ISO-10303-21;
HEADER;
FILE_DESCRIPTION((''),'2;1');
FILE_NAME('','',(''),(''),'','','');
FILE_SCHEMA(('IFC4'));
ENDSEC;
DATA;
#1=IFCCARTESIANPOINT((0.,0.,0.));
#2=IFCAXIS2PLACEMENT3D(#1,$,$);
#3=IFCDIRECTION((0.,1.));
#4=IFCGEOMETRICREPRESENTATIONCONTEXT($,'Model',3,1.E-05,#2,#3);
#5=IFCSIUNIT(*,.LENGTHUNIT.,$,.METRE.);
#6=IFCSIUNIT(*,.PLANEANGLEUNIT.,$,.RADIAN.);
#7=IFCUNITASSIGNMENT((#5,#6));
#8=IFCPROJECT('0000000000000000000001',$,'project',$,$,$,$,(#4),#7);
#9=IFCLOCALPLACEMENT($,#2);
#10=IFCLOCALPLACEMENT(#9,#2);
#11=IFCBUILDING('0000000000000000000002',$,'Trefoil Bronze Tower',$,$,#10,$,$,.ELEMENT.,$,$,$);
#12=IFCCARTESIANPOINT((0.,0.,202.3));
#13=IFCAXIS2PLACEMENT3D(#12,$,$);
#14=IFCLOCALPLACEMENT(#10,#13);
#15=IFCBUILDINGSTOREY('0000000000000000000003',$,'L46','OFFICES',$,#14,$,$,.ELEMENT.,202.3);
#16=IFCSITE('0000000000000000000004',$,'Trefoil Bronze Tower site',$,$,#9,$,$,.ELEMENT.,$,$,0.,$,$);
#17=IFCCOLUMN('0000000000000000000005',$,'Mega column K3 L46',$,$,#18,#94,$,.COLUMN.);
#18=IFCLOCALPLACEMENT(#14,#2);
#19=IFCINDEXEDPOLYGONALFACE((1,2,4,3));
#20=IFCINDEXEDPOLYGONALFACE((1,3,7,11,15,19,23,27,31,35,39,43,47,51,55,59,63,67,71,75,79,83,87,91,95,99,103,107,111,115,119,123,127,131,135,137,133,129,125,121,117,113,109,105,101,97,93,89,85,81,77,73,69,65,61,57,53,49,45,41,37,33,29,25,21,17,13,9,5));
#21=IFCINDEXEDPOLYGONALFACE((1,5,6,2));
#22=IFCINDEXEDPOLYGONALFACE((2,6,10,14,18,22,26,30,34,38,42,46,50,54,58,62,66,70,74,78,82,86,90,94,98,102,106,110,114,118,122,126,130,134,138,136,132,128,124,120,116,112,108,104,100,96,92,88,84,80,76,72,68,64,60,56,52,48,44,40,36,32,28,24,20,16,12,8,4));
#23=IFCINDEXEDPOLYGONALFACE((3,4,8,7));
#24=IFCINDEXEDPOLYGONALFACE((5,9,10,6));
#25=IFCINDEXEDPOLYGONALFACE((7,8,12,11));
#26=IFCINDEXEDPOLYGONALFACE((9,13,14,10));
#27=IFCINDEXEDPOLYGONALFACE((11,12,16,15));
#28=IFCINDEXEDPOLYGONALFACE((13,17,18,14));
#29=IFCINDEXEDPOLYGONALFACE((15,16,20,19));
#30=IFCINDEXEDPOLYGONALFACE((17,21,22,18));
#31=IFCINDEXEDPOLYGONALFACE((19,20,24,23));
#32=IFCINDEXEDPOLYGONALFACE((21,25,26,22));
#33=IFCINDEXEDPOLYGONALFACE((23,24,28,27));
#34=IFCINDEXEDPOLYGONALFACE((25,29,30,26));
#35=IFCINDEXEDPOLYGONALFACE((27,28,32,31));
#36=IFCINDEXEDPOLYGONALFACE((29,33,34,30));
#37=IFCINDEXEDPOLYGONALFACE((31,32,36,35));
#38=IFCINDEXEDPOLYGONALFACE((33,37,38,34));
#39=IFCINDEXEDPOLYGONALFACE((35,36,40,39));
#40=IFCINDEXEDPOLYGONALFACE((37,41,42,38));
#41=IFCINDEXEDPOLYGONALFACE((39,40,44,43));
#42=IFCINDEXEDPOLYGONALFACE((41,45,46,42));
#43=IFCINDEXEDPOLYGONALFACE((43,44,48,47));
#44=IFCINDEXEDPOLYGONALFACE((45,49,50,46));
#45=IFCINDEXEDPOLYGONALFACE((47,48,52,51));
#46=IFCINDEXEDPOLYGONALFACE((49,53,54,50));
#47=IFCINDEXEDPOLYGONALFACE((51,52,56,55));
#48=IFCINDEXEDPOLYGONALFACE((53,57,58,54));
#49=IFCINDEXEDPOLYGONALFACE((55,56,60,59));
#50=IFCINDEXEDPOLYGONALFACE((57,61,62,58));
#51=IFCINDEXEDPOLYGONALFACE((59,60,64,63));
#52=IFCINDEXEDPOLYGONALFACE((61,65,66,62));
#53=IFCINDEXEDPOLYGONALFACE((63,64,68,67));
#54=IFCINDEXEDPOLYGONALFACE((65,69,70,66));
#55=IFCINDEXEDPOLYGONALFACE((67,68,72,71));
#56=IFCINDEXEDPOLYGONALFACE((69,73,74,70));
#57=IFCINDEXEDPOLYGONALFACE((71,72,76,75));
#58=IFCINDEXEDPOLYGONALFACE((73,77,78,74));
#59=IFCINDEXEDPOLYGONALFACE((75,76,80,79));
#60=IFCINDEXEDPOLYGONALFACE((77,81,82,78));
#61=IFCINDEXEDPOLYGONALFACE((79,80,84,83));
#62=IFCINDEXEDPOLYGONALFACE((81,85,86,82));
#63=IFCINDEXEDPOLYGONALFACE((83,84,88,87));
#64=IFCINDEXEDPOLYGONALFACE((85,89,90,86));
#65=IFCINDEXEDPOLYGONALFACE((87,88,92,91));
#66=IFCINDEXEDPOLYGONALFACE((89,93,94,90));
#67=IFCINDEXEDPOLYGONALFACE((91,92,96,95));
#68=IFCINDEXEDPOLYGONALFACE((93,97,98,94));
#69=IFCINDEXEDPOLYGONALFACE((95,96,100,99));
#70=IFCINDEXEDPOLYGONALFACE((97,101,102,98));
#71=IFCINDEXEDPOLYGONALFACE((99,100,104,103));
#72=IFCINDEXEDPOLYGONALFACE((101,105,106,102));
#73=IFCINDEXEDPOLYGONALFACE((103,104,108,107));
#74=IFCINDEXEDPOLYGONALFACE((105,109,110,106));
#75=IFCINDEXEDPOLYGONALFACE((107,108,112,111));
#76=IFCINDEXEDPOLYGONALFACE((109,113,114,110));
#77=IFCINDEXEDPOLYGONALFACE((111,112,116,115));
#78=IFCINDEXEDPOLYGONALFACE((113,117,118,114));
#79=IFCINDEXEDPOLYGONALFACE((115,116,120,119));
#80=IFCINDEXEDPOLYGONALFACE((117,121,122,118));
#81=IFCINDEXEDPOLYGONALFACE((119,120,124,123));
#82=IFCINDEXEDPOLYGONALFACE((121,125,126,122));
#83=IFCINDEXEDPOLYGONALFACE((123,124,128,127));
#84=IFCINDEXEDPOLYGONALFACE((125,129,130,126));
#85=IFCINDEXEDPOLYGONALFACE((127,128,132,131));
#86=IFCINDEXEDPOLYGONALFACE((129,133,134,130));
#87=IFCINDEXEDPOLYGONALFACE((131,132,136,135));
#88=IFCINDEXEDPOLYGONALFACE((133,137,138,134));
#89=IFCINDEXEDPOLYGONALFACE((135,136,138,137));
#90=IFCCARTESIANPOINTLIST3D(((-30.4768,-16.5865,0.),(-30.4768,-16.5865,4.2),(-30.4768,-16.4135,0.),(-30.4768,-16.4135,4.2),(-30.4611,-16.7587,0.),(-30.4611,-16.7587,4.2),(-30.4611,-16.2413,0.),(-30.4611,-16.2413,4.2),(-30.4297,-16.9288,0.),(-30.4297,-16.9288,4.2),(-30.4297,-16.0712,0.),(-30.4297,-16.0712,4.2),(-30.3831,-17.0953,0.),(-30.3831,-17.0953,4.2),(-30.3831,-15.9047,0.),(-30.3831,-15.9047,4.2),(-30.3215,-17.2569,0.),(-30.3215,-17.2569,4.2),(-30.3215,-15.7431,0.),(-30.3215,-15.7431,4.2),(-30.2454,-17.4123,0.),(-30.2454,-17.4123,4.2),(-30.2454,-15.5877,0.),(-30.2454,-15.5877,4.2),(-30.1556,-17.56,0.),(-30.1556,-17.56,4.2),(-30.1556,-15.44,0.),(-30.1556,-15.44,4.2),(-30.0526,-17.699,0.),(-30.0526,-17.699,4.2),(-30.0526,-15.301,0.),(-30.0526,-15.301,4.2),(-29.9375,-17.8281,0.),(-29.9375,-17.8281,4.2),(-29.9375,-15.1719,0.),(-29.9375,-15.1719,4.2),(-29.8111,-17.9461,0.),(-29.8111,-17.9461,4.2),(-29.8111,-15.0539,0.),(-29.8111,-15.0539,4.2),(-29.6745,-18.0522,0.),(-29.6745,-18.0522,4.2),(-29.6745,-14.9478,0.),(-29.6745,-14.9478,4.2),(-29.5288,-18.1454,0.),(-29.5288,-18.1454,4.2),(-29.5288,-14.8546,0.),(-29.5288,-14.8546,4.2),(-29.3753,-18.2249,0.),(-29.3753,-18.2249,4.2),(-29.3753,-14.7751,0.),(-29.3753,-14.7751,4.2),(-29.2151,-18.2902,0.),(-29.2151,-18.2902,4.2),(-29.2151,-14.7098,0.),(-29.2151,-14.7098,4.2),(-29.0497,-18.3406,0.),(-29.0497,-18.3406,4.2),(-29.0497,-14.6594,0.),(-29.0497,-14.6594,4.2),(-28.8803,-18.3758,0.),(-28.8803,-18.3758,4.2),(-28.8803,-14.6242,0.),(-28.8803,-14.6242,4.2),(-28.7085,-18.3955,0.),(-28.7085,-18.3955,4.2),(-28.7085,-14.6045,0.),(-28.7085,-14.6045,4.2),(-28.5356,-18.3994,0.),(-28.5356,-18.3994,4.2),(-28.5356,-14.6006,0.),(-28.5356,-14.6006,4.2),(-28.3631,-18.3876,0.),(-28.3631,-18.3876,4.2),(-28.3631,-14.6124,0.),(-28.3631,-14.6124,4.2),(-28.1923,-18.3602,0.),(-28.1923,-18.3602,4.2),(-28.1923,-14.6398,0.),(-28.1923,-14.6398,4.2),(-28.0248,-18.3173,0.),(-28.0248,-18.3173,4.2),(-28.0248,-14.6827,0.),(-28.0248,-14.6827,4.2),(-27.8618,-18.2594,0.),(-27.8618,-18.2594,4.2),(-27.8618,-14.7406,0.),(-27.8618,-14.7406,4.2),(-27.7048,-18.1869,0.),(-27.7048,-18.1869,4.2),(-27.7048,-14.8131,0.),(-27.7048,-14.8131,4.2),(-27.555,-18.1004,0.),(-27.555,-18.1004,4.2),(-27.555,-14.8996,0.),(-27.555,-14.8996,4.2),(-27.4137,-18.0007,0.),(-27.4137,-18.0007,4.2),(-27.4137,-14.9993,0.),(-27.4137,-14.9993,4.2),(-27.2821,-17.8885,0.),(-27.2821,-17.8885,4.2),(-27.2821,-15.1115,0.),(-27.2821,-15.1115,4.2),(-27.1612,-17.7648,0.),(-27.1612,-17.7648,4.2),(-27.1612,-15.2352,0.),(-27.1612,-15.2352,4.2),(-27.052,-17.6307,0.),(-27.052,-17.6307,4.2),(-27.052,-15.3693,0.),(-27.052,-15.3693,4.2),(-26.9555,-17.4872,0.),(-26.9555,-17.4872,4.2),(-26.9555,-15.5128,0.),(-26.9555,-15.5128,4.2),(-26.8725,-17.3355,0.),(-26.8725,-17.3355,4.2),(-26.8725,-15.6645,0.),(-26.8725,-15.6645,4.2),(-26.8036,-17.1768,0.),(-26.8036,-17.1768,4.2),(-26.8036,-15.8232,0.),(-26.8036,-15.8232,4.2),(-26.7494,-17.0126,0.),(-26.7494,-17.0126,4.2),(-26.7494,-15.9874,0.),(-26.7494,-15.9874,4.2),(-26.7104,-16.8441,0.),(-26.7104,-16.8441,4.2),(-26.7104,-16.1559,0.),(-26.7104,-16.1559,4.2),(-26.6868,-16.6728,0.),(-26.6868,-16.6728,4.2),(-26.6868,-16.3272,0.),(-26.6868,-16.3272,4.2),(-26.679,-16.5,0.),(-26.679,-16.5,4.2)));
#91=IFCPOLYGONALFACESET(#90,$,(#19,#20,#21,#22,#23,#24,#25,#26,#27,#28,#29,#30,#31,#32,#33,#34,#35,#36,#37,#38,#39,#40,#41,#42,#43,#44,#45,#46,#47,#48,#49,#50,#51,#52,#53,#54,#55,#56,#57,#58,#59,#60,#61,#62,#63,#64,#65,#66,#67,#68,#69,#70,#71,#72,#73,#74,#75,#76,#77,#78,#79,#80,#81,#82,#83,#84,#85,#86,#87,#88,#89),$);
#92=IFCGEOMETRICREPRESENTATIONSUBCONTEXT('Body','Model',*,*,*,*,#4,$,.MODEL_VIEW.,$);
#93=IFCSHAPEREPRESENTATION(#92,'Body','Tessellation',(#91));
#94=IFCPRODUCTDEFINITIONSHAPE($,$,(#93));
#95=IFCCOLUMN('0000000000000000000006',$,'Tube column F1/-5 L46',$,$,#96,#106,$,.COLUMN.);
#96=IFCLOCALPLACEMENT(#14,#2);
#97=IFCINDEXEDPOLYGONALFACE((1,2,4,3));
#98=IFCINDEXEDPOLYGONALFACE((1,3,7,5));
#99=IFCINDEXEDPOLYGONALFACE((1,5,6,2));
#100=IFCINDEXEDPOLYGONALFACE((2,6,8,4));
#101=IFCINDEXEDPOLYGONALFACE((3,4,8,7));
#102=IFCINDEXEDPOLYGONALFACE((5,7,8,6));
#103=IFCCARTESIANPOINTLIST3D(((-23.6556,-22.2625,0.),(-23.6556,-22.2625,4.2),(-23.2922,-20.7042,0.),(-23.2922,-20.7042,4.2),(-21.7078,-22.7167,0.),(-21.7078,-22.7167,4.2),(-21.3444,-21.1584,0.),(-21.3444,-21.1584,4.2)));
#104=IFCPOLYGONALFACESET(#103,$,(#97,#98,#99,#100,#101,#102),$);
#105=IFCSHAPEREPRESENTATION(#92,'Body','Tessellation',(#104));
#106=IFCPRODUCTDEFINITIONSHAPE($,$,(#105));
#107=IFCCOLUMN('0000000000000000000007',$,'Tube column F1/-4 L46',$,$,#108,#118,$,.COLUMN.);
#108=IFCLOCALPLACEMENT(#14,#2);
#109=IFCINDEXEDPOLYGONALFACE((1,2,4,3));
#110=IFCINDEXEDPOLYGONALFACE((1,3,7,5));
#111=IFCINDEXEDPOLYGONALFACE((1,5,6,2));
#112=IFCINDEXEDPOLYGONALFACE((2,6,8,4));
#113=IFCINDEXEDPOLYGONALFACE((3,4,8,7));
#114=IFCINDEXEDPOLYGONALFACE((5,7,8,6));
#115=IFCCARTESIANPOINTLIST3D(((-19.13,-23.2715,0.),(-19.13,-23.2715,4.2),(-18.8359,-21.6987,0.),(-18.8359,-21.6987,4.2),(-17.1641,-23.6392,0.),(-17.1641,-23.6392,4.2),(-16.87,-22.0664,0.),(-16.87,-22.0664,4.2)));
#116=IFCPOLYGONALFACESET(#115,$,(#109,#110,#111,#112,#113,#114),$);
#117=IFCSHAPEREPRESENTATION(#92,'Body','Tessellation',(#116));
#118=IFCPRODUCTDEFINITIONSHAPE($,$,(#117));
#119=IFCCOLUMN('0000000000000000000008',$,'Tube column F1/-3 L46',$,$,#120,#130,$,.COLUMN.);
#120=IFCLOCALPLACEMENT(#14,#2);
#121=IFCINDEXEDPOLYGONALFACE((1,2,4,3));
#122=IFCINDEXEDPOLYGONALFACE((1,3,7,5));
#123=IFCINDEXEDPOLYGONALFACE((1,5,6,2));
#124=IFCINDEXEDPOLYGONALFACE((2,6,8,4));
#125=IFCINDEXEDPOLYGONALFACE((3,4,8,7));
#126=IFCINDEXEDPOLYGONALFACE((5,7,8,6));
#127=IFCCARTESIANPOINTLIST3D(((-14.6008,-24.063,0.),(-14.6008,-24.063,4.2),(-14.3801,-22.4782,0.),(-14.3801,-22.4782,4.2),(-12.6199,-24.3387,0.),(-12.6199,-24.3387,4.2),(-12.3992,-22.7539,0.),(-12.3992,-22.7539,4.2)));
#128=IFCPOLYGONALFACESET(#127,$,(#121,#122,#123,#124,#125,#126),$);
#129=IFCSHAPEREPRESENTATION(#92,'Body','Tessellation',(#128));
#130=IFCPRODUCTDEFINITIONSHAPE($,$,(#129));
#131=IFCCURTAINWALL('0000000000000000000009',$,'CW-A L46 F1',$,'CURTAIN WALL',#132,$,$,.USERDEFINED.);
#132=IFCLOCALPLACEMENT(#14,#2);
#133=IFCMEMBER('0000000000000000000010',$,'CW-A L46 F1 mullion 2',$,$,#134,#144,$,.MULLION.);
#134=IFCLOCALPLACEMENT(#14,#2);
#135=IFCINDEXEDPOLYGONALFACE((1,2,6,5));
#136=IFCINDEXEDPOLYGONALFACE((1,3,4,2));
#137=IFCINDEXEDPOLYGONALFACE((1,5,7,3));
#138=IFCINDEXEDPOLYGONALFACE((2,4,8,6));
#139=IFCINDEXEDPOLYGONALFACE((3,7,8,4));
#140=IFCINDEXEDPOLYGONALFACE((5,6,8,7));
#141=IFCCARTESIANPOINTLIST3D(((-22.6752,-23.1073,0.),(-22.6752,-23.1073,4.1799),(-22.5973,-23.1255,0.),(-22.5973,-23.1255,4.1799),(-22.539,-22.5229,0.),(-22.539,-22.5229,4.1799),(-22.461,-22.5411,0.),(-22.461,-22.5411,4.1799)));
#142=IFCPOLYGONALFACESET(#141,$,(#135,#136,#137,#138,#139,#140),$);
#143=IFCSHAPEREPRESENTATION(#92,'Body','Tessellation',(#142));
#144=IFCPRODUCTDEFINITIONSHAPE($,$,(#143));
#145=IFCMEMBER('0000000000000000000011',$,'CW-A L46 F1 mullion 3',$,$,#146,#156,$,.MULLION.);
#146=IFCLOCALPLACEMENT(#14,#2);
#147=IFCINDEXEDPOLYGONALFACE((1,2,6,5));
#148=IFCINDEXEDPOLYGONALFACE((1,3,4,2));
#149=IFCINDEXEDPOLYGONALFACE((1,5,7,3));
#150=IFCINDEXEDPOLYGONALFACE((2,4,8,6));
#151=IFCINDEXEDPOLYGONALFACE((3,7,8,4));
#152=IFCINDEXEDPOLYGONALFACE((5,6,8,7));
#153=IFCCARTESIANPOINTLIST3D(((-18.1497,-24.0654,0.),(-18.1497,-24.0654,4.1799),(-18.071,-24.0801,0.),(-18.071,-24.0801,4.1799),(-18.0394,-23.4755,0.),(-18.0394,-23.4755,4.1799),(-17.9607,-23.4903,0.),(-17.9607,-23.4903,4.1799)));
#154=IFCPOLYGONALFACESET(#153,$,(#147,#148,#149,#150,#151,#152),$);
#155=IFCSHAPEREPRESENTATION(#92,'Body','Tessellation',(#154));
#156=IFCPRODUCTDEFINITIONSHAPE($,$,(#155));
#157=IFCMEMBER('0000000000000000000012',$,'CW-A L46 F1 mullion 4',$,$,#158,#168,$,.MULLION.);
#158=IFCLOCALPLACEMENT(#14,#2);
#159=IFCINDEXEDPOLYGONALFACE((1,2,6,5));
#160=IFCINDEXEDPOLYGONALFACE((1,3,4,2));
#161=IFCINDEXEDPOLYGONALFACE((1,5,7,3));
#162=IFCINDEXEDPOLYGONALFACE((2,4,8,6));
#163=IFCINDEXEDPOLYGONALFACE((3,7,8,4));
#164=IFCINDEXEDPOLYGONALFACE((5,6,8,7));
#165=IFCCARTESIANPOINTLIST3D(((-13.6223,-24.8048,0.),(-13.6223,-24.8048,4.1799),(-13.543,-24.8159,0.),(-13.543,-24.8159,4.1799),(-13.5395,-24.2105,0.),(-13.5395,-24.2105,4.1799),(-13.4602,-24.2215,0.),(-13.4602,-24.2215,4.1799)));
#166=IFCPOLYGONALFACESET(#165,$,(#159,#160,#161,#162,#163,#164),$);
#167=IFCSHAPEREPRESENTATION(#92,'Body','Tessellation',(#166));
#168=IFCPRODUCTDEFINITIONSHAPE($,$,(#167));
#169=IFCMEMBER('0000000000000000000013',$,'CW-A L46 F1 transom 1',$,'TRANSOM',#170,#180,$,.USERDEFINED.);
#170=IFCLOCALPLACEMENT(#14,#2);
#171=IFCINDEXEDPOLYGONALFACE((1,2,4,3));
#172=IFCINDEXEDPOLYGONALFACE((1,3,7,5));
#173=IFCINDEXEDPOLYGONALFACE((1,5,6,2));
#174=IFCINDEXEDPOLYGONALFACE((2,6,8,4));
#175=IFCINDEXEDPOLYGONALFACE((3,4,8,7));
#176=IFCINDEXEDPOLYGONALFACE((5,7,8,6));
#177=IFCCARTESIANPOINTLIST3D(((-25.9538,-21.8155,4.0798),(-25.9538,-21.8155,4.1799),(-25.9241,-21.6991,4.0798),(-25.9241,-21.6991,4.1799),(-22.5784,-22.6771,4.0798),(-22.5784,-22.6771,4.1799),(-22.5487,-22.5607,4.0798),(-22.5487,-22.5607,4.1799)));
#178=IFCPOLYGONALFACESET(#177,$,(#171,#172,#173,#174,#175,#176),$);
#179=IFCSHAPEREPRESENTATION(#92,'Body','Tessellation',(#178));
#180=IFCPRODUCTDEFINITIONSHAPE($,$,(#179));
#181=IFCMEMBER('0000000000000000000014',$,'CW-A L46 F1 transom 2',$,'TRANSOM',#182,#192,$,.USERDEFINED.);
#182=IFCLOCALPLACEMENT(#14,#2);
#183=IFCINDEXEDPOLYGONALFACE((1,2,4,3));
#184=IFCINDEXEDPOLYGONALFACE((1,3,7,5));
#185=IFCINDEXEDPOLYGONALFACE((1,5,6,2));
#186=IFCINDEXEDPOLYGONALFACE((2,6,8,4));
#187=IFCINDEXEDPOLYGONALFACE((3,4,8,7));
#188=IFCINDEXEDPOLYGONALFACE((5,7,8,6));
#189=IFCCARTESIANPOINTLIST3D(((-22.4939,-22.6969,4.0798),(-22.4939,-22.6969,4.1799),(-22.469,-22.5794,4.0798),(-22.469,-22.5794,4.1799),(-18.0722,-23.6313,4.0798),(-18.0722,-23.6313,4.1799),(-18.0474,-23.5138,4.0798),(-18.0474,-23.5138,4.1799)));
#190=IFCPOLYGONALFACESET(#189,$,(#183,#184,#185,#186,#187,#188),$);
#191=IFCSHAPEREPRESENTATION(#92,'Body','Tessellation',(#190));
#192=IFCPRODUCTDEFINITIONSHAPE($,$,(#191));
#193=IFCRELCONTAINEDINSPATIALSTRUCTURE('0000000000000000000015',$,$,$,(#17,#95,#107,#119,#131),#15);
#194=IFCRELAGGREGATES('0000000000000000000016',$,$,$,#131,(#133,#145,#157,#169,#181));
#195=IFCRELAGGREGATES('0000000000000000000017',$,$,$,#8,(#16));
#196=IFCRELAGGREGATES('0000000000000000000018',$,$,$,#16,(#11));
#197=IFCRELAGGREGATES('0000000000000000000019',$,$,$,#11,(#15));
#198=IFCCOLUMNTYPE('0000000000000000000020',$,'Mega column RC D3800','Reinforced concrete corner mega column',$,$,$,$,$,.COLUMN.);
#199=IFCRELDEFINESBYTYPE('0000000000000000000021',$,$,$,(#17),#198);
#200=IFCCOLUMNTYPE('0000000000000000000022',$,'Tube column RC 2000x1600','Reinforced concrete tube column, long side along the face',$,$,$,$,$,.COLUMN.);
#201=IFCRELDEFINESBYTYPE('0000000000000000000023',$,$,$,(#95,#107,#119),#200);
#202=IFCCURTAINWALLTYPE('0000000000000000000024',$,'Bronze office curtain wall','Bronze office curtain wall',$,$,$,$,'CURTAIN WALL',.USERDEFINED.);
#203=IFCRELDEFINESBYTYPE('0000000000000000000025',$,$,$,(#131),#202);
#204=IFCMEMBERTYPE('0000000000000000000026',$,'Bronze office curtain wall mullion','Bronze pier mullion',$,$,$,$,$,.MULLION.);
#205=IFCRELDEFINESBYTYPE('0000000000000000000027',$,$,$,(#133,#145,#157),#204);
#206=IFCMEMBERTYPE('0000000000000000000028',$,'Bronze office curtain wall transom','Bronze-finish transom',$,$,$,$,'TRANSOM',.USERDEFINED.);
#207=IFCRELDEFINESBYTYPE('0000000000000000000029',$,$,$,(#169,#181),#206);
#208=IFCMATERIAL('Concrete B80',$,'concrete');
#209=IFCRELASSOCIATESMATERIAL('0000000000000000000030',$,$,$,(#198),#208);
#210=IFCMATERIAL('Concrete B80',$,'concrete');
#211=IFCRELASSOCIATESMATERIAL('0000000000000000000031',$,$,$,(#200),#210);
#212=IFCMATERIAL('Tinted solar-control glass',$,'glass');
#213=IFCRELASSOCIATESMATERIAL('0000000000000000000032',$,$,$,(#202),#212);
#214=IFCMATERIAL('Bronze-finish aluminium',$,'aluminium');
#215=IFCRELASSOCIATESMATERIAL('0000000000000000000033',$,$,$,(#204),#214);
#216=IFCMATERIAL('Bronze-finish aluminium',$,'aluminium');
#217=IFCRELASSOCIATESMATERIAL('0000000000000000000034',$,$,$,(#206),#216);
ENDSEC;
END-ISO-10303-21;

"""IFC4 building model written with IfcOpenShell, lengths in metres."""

from ifc_helpers import new_model, si_unit, direction, frame, origin, origin_2d, place, context, subcontext, project, spatial, rectangle, circle, extrude, material, material_profile, profile_set, type_object, element, aggregate, save


model = new_model("IFC4")

# Units and contexts
model_context = context("Model", 3, precision=1e-05, world=origin(), true_north=direction((0.0, 1.0)))
body_context = subcontext(model_context, "Body", "Model", "MODEL_VIEW")
ifc_project = project(units=[si_unit("LENGTHUNIT", "METRE"), si_unit("PLANEANGLEUNIT", "RADIAN")], contexts=[model_context])

# Site, building, storey
site_placement = place(None, origin())
site = spatial("IfcSite", under=ifc_project, at=site_placement, Name="Trefoil Bronze Tower site", CompositionType="ELEMENT", RefElevation=0.0)
building_placement = place(site_placement, origin())
building = spatial("IfcBuilding", under=site, at=building_placement, Name="Trefoil Bronze Tower", CompositionType="ELEMENT")
storey_placement = place(building_placement, frame((0.0, 0.0, 202.3)))
storey = spatial("IfcBuildingStorey", under=building, at=storey_placement, Name="L46", Description="OFFICES", CompositionType="ELEMENT", Elevation=202.3)

# Columns
ifc_material_1 = material(Name="Concrete B80", Category="concrete")
ifc_material_profile_1 = material_profile(ifc_material_1, circle(Radius=1.8999, at=origin_2d()), Name="RC D3800")
ifc_profile_set_1 = profile_set([ifc_material_profile_1], Name="Concrete B80")
column_type_1 = type_object("IfcColumnType", Name="Mega column RC D3800", Description="Reinforced concrete corner mega column", PredefinedType="COLUMN", material=ifc_profile_set_1)
column_placement = place(storey_placement, frame((-28.5789, -16.5, 0.0), z_axis=(0.0, 0.0, 1.0), x_axis=(1.0, 0.0, 0.0)))
element("IfcColumn", 1, at=column_placement, inside=storey, type_object=column_type_1, Name="Mega column K3 L46", PredefinedType="COLUMN", context=body_context, shape_type="SweptSolid", body=[
    extrude(circle(Radius=1.8999, at=origin_2d()), origin(), (0.0, 0.0, 1.0), 4.2),
])
ifc_material_2 = material(Name="Concrete B80", Category="concrete")
ifc_material_profile_2 = material_profile(ifc_material_2, rectangle(XDim=2.0, YDim=1.6001, at=origin_2d()), Name="RC 2000x1600")
ifc_profile_set_2 = profile_set([ifc_material_profile_2], Name="Concrete B80")
column_type_2 = type_object("IfcColumnType", Name="Tube column RC 2000x1600", Description="Reinforced concrete tube column, long side along the face", PredefinedType="COLUMN", material=ifc_profile_set_2)
for number, where, z_axis, x_axis, name in (
    (2, (-22.5, -21.7104, 0.0), (0.0, 0.0, 1.0), (0.973875, -0.227083, 0.0), "Tube column F1/-5 L46"),
    (3, (-18.0, -22.6689, 0.0), (0.0, 0.0, 1.0), (0.982959, -0.183825, 0.0), "Tube column F1/-4 L46"),
    (4, (-13.5, -23.4084, 0.0), (0.0, 0.0, 1.0), (0.990451, -0.137868, 0.0), "Tube column F1/-3 L46"),
):
    element("IfcColumn", number, at=place(storey_placement, frame(where, z_axis=z_axis, x_axis=x_axis)), inside=storey, type_object=column_type_2, Name=name, PredefinedType="COLUMN", context=body_context, shape_type="SweptSolid", body=[
        extrude(rectangle(XDim=2.0, YDim=1.6001, at=origin_2d()), origin(), (0.0, 0.0, 1.0), 4.2),
    ])

# Curtain wall, members
ifc_material_3 = material(Name="Tinted solar-control glass", Category="glass")
curtain_wall_type_1 = type_object("IfcCurtainWallType", Name="Bronze office curtain wall", Description="Bronze office curtain wall", ElementType="CURTAIN WALL", PredefinedType="USERDEFINED", material=ifc_material_3)
curtain_wall_1_placement = place(storey_placement, origin())
curtain_wall_1 = element("IfcCurtainWall", 5, at=curtain_wall_1_placement, inside=storey, type_object=curtain_wall_type_1, Name="CW-A L46 F1", ObjectType="CURTAIN WALL", PredefinedType="USERDEFINED")
ifc_material_4 = material(Name="Bronze-finish aluminium", Category="aluminium")
ifc_material_profile_3 = material_profile(ifc_material_4, rectangle(XDim=0.6001, YDim=0.0801, at=origin_2d()), Name="CW-A mullion")
ifc_profile_set_3 = profile_set([ifc_material_profile_3], Name="Bronze-finish aluminium")
member_type_1 = type_object("IfcMemberType", Name="Bronze office curtain wall mullion", Description="Bronze pier mullion", PredefinedType="MULLION", material=ifc_profile_set_3)
member_1_placement = place(storey_placement, frame((-22.5681, -22.8242, 0.0), z_axis=(0.0, 0.0, 1.0), x_axis=(0.227083, 0.973875, 0.0)))
member_1 = element("IfcMember", 6, at=member_1_placement, type_object=member_type_1, Name="CW-A L46 F1 mullion 2", PredefinedType="MULLION", context=body_context, shape_type="SweptSolid", body=[
    extrude(rectangle(XDim=0.6001, YDim=0.0801, at=origin_2d()), origin(), (0.0, 0.0, 1.0), 4.1799),
])
member_2_placement = place(storey_placement, frame((-18.0552, -23.7778, 0.0), z_axis=(0.0, 0.0, 1.0), x_axis=(0.183825, 0.982959, 0.0)))
member_2 = element("IfcMember", 7, at=member_2_placement, type_object=member_type_1, Name="CW-A L46 F1 mullion 3", PredefinedType="MULLION", context=body_context, shape_type="SweptSolid", body=[
    extrude(rectangle(XDim=0.6001, YDim=0.0801, at=origin_2d()), origin(), (0.0, 0.0, 1.0), 4.1799),
])
member_3_placement = place(storey_placement, frame((-13.5413, -24.5132, 0.0), z_axis=(0.0, 0.0, 1.0), x_axis=(0.137868, 0.990451, 0.0)))
member_3 = element("IfcMember", 8, at=member_3_placement, type_object=member_type_1, Name="CW-A L46 F1 mullion 4", PredefinedType="MULLION", context=body_context, shape_type="SweptSolid", body=[
    extrude(rectangle(XDim=0.6001, YDim=0.0801, at=origin_2d()), origin(), (0.0, 0.0, 1.0), 4.1799),
])
ifc_material_5 = material(Name="Bronze-finish aluminium", Category="aluminium")
ifc_material_profile_4 = material_profile(ifc_material_5, rectangle(XDim=0.1201, YDim=0.1001, at=origin_2d()), Name="CW-A transom")
ifc_profile_set_4 = profile_set([ifc_material_profile_4], Name="Bronze-finish aluminium")
member_type_2 = type_object("IfcMemberType", Name="Bronze office curtain wall transom", Description="Bronze-finish transom", ElementType="TRANSOM", PredefinedType="USERDEFINED", material=ifc_profile_set_4)
member_4_placement = place(storey_placement, frame((-25.939, -21.7573, 4.1299), z_axis=(0.968935, -0.247315, 0.0), x_axis=(0.247315, 0.968935, 0.0)))
member_4 = element("IfcMember", 9, at=member_4_placement, type_object=member_type_2, Name="CW-A L46 F1 transom 1", ObjectType="TRANSOM", PredefinedType="USERDEFINED", context=body_context, shape_type="SweptSolid", body=[
    extrude(rectangle(XDim=0.1201, YDim=0.1001, at=origin_2d()), origin(), (0.0, 0.0, 1.0), 3.4836),
])
member_5_placement = place(storey_placement, frame((-22.4814, -22.6382, 4.1299), z_axis=(0.978395, -0.206743, 0.0), x_axis=(0.206743, 0.978395, 0.0)))
member_5 = element("IfcMember", 10, at=member_5_placement, type_object=member_type_2, Name="CW-A L46 F1 transom 2", ObjectType="TRANSOM", PredefinedType="USERDEFINED", context=body_context, shape_type="SweptSolid", body=[
    extrude(rectangle(XDim=0.1201, YDim=0.1001, at=origin_2d()), origin(), (0.0, 0.0, 1.0), 4.5193),
])

aggregate(curtain_wall_1, [member_1, member_2, member_3, member_4, member_5])

save(model, "model.ifc")
